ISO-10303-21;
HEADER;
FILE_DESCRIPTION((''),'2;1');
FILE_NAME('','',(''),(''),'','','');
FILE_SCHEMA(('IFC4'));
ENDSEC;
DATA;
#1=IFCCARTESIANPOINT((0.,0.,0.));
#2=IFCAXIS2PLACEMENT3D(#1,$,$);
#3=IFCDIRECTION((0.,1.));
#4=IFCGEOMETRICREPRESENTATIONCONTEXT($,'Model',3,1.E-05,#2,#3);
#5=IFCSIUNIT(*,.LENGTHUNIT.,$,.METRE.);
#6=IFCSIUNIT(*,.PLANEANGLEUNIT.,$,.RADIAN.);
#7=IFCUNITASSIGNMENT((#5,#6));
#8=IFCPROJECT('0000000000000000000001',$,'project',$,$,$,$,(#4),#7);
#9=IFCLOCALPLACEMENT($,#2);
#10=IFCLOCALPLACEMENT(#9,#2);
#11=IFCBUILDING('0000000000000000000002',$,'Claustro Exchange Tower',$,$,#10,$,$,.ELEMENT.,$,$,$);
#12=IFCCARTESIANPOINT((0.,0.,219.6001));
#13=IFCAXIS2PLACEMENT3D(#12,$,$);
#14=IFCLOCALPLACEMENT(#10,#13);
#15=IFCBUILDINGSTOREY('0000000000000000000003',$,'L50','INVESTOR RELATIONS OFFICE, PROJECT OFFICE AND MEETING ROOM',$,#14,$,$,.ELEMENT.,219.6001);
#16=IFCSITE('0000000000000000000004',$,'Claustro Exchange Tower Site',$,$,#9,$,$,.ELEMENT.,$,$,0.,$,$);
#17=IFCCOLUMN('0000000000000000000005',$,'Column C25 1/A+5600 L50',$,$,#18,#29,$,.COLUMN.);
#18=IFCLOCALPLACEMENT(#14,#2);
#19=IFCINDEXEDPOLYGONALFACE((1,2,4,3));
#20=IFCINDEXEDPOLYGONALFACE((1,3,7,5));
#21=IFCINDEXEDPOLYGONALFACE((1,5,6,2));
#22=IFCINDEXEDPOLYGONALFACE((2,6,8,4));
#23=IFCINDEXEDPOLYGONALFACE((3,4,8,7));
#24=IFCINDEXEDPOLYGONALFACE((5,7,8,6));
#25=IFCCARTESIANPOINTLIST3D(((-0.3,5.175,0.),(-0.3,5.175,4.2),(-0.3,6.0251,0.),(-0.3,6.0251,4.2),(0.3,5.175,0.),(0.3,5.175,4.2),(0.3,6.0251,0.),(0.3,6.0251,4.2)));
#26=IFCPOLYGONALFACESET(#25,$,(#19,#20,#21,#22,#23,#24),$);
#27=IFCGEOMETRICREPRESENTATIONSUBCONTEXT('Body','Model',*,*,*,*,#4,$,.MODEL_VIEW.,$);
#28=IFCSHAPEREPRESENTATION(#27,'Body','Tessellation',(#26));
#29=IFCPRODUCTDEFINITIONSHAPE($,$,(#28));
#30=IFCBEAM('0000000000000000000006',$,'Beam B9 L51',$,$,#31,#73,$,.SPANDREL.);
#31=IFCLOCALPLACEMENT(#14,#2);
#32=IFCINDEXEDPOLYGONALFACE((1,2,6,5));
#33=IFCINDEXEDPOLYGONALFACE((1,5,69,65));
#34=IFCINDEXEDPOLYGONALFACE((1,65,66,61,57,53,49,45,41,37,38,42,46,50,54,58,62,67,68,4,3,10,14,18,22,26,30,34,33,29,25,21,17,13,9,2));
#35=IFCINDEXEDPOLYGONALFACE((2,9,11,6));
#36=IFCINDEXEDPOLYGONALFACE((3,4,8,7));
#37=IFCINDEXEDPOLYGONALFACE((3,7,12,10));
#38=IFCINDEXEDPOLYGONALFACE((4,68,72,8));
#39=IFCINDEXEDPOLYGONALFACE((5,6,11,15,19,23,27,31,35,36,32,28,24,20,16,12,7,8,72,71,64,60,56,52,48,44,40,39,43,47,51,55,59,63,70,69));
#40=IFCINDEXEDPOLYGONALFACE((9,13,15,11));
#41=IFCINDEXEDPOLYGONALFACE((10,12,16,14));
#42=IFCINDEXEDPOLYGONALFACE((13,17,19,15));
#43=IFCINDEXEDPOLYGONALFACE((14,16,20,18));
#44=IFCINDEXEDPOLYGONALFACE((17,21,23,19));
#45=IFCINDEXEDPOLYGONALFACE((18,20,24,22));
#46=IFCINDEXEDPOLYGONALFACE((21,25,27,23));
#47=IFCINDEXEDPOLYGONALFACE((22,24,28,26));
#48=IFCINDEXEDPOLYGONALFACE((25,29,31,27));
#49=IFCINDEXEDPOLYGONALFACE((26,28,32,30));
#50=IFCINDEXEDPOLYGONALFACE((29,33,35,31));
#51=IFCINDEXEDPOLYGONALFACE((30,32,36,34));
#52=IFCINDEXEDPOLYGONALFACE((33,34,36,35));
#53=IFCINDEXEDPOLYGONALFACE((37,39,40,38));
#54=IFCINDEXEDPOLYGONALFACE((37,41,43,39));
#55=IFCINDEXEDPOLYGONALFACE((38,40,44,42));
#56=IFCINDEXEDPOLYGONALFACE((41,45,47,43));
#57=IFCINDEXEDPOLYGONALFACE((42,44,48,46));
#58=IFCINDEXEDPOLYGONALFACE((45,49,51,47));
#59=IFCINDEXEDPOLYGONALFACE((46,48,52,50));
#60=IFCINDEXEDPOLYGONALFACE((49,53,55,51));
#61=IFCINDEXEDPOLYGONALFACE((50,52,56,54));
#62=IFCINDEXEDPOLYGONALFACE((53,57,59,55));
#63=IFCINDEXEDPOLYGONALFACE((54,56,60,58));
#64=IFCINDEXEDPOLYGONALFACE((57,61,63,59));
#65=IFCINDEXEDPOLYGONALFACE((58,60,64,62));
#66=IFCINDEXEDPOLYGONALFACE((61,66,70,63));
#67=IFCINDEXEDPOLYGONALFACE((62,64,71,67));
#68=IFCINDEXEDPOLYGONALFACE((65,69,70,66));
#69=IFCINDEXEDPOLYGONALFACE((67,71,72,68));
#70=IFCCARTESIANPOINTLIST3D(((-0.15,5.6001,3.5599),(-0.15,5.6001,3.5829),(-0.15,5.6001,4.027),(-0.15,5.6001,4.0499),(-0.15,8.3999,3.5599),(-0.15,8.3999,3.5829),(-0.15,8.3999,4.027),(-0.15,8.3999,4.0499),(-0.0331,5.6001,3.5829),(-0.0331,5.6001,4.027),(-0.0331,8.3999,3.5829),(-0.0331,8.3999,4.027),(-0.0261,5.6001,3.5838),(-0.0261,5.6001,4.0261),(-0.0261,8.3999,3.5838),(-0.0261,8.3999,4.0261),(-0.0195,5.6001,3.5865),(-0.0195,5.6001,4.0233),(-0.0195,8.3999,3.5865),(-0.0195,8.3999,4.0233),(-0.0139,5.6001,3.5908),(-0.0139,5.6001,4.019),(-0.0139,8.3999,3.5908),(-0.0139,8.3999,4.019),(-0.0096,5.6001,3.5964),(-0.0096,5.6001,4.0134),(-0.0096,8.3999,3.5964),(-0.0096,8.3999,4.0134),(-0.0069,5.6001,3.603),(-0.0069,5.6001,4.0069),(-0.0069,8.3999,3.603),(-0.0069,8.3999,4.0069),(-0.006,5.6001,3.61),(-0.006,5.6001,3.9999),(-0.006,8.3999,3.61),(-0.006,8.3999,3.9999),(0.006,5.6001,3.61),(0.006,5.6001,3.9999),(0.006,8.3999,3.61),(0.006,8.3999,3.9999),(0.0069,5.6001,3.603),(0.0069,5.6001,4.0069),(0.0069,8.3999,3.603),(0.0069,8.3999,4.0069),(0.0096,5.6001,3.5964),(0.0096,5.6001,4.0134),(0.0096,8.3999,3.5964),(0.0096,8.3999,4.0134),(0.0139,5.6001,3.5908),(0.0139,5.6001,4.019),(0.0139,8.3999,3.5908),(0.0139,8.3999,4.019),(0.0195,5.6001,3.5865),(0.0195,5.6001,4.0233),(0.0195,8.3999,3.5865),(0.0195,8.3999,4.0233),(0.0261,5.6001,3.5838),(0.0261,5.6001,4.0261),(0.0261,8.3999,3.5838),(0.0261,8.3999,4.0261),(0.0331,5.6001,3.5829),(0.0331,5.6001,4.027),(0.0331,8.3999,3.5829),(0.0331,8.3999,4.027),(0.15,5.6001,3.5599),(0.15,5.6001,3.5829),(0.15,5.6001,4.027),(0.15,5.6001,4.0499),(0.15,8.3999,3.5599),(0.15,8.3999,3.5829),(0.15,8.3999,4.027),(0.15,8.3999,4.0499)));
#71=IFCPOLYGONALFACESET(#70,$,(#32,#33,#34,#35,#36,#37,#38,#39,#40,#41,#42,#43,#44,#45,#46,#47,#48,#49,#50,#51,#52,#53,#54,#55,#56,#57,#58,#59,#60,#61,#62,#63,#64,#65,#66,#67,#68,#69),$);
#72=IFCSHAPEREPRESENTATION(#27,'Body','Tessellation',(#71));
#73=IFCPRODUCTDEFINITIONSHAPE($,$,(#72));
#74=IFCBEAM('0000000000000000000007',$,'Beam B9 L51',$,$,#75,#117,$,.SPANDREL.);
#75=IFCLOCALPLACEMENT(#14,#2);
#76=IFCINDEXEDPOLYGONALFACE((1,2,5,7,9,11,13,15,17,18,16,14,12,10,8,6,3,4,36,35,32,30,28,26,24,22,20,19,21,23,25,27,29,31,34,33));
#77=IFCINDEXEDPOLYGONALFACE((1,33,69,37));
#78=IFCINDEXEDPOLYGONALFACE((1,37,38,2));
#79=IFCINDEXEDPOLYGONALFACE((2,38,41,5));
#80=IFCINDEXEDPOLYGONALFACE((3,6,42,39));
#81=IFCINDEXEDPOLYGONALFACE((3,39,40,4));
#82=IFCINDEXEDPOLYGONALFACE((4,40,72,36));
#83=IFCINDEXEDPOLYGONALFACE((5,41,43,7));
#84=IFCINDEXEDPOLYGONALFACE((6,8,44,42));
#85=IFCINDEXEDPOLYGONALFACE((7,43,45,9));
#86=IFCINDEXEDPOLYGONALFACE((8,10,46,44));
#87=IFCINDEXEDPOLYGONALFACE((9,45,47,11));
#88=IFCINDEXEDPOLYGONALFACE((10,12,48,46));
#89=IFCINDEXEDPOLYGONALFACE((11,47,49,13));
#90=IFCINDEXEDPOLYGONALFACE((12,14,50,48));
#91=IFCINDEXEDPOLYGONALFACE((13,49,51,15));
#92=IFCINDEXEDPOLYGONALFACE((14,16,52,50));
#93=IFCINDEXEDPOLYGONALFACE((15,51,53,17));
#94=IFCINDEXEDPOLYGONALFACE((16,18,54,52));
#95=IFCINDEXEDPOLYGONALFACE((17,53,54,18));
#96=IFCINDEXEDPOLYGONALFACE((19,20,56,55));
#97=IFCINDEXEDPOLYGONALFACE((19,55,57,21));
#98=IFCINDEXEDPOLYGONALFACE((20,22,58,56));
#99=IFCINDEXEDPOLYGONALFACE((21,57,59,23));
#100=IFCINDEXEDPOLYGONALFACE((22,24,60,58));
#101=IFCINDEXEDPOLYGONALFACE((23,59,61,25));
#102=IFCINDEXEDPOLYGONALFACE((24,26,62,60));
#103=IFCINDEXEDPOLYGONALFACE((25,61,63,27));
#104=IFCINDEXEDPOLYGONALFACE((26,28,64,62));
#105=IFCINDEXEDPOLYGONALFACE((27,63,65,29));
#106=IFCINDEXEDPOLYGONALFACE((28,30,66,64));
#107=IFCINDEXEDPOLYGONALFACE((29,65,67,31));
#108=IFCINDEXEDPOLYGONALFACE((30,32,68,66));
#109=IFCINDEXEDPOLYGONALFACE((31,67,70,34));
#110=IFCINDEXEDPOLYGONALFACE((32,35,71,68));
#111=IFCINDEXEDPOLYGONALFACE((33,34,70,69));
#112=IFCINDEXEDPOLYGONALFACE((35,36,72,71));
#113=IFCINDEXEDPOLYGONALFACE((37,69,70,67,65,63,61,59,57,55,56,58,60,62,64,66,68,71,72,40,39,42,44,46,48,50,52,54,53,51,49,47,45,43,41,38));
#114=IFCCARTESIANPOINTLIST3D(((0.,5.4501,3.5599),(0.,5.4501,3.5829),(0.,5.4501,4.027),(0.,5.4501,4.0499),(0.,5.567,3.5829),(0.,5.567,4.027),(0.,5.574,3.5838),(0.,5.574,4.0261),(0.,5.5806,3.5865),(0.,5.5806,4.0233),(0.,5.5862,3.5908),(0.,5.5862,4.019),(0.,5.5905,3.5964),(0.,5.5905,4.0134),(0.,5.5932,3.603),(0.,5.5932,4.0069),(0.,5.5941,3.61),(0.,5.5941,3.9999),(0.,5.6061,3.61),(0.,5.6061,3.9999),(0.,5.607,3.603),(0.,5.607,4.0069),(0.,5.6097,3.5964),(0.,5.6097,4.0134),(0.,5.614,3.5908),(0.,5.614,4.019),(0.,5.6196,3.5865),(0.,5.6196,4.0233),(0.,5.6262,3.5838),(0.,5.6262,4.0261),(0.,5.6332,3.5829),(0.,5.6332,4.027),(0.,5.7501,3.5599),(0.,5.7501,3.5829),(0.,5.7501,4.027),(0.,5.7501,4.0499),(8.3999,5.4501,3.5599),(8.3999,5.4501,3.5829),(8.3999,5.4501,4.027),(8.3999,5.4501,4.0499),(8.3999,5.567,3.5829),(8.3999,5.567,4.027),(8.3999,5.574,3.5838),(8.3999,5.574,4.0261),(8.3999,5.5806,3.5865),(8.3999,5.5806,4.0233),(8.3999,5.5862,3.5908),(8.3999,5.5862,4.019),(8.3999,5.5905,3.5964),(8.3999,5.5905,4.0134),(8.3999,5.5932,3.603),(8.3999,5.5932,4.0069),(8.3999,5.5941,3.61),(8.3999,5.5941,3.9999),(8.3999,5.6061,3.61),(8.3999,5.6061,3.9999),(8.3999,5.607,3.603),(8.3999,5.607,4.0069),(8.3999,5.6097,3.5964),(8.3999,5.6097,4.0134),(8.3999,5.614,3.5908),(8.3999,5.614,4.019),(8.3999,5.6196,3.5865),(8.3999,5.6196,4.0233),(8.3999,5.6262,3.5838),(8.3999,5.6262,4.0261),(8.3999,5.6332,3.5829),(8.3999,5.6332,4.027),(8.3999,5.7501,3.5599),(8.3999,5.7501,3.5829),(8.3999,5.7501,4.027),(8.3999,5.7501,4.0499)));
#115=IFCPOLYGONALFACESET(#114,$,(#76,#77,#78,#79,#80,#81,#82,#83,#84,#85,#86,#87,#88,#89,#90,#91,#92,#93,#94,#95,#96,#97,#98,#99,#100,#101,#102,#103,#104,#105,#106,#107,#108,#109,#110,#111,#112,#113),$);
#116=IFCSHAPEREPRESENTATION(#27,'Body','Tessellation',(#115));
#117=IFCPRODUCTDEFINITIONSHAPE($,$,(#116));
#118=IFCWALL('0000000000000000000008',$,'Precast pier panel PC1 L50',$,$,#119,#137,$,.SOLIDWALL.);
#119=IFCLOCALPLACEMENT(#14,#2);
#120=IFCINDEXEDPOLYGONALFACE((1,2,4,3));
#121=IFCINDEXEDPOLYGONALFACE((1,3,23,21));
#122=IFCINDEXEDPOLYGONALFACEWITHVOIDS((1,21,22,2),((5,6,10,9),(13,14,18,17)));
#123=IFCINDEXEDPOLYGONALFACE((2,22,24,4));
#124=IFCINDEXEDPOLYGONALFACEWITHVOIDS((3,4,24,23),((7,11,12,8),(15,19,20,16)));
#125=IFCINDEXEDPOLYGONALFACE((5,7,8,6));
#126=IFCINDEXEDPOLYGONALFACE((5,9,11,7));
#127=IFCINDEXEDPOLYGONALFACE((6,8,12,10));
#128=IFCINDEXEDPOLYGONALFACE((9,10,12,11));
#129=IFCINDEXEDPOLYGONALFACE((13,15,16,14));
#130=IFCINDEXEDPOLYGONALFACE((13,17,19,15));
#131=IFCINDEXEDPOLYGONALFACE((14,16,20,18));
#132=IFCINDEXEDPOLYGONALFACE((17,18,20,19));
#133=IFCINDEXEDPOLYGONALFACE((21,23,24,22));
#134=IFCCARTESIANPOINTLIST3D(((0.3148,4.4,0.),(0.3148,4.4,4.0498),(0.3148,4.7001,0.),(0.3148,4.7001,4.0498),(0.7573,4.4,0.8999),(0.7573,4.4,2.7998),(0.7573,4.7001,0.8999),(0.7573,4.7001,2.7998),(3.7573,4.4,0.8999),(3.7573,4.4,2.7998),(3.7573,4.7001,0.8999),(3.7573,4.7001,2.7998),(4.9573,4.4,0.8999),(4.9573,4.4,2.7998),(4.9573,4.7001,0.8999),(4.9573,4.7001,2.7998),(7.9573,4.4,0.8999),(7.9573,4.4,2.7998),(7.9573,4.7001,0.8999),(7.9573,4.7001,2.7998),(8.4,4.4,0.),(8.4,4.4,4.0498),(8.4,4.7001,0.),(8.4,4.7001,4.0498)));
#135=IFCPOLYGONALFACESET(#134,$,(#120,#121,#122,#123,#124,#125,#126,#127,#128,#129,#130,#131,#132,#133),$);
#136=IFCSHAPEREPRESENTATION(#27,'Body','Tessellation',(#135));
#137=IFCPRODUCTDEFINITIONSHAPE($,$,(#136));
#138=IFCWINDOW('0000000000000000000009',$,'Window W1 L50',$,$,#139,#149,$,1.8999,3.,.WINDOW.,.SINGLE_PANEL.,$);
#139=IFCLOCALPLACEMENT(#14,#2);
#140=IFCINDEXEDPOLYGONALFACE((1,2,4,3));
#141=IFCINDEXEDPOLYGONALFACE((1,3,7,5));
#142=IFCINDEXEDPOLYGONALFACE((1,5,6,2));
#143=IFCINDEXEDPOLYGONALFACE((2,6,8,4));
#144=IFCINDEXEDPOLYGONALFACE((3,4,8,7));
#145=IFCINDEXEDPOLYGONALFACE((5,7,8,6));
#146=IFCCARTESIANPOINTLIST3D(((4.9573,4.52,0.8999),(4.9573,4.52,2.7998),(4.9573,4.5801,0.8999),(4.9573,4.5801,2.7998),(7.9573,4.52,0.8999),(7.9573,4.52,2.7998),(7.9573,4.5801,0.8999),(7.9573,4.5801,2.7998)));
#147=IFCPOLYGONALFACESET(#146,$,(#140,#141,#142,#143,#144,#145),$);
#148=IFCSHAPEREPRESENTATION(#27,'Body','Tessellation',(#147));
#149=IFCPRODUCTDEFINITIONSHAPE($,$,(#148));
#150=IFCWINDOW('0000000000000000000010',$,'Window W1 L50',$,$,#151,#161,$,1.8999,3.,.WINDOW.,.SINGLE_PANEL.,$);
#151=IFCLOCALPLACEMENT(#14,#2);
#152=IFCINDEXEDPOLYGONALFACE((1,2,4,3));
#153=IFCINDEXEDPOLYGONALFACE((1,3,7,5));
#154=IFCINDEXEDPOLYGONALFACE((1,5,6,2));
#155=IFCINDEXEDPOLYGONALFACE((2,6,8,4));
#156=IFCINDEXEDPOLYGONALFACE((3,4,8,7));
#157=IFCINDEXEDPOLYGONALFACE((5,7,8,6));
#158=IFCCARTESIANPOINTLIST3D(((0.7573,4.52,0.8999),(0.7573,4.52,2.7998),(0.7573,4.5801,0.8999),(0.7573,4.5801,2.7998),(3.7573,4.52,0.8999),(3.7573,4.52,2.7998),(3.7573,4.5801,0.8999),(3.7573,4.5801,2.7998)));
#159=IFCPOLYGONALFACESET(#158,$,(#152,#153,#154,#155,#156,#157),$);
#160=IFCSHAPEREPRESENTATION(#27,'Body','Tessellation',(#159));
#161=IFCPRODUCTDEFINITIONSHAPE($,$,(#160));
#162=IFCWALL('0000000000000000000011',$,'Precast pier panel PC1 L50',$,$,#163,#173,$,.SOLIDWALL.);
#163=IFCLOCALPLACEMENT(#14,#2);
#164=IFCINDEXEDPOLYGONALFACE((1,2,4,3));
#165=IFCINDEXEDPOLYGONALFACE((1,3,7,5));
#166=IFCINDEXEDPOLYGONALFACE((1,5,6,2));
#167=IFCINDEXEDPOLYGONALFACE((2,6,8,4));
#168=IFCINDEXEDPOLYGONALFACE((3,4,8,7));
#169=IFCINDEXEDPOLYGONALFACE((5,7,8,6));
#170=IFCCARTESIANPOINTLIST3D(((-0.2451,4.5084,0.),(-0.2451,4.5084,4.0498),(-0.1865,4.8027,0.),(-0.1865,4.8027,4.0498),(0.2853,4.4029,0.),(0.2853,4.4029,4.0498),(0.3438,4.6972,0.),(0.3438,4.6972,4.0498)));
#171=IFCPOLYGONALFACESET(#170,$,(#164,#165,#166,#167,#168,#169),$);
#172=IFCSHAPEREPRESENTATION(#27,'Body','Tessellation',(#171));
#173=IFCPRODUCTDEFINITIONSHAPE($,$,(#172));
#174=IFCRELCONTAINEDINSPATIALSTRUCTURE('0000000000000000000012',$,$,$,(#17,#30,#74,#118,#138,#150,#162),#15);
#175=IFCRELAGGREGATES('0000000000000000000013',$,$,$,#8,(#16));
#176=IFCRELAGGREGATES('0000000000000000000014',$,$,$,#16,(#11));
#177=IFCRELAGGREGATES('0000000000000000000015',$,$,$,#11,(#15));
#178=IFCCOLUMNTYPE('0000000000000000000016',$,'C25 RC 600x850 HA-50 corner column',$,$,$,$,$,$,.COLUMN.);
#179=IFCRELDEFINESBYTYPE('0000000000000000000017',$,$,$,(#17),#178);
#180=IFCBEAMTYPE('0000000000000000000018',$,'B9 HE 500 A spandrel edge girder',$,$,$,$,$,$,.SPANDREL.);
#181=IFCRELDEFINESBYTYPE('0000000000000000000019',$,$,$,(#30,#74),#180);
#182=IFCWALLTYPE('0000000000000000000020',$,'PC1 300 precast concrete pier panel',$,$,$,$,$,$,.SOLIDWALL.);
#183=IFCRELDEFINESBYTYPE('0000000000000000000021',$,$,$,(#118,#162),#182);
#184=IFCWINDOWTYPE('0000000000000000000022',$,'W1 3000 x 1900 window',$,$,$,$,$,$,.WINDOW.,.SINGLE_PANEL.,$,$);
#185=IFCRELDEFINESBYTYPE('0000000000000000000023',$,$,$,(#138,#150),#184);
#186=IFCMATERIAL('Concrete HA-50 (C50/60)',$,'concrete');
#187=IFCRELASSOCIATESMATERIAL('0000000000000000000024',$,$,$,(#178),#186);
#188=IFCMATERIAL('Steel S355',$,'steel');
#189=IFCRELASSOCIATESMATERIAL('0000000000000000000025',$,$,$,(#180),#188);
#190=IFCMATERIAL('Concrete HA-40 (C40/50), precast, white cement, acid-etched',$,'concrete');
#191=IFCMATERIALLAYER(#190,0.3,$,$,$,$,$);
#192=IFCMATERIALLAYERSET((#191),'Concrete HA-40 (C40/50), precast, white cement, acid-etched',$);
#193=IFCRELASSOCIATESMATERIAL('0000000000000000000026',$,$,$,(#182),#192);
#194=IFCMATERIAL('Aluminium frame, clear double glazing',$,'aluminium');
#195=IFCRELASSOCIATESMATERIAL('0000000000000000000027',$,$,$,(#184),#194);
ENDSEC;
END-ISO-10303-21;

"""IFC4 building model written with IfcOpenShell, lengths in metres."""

from ifc_helpers import new_model, si_unit, direction, frame, frame_2d, origin, origin_2d, place, context, subcontext, project, spatial, rectangle, i_section, extrude, material, layer, layer_set, material_profile, profile_set, type_object, element, fill, save


model = new_model("IFC4")

# Units and contexts
model_context = context("Model", 3, precision=1e-05, world=origin(), true_north=direction((0.0, 1.0)))
body_context = subcontext(model_context, "Body", "Model", "MODEL_VIEW")
ifc_project = project(units=[si_unit("LENGTHUNIT", "METRE"), si_unit("PLANEANGLEUNIT", "RADIAN")], contexts=[model_context])

# Site, building, storey
site_placement = place(None, origin())
site = spatial("IfcSite", under=ifc_project, at=site_placement, Name="Claustro Exchange Tower Site", CompositionType="ELEMENT", RefElevation=0.0)
building_placement = place(site_placement, origin())
building = spatial("IfcBuilding", under=site, at=building_placement, Name="Claustro Exchange Tower", CompositionType="ELEMENT")
storey_placement = place(building_placement, frame((0.0, 0.0, 219.6001)))
storey = spatial("IfcBuildingStorey", under=building, at=storey_placement, Name="L50", Description="INVESTOR RELATIONS OFFICE, PROJECT OFFICE AND MEETING ROOM", CompositionType="ELEMENT", Elevation=219.6001)

# Column
ifc_material_1 = material(Name="Concrete HA-50 (C50/60)", Category="concrete")
ifc_material_profile_1 = material_profile(ifc_material_1, rectangle(XDim=0.6001, YDim=0.8501, at=origin_2d()), Name="RC 600x850")
ifc_profile_set_1 = profile_set([ifc_material_profile_1], Name="Concrete HA-50 (C50/60)")
column_type = type_object("IfcColumnType", Name="C25 RC 600x850 HA-50 corner column", PredefinedType="COLUMN", material=ifc_profile_set_1)
column_placement = place(storey_placement, frame((0.0, 5.6001, 0.0), z_axis=(0.0, 0.0, 1.0), x_axis=(1.0, 0.0, 0.0)))
element("IfcColumn", 1, at=column_placement, inside=storey, type_object=column_type, Name="Column C25 1/A+5600 L50", PredefinedType="COLUMN", context=body_context, shape_type="SweptSolid", body=[
    extrude(rectangle(XDim=0.6001, YDim=0.8501, at=origin_2d()), origin(), (0.0, 0.0, 1.0), 4.2),
])

# Beams
ifc_material_2 = material(Name="Steel S355", Category="steel")
ifc_material_profile_2 = material_profile(ifc_material_2, i_section(OverallWidth=0.3, OverallDepth=0.49, WebThickness=0.012, FlangeThickness=0.0229, FilletRadius=0.0271, at=origin_2d()), Name="HE 500 A")
ifc_profile_set_2 = profile_set([ifc_material_profile_2], Name="Steel S355")
beam_type = type_object("IfcBeamType", Name="B9 HE 500 A spandrel edge girder", PredefinedType="SPANDREL", material=ifc_profile_set_2)
beam_1_placement = place(storey_placement, frame((0.0, 5.6001, 3.8049), z_axis=(0.0, 1.0, 0.0), x_axis=(-1.0, 0.0, 0.0)))
element("IfcBeam", 2, at=beam_1_placement, inside=storey, type_object=beam_type, Name="Beam B9 L51", PredefinedType="SPANDREL", context=body_context, shape_type="SweptSolid", body=[
    extrude(i_section(OverallWidth=0.3, OverallDepth=0.49, WebThickness=0.012, FlangeThickness=0.0229, FilletRadius=0.0271, at=origin_2d()), origin(), (0.0, 0.0, 1.0), 2.7998),
])
beam_2_placement = place(storey_placement, frame((0.0, 5.6001, 3.8049), z_axis=(1.0, 0.0, 0.0), x_axis=(0.0, 1.0, 0.0)))
element("IfcBeam", 3, at=beam_2_placement, inside=storey, type_object=beam_type, Name="Beam B9 L51", PredefinedType="SPANDREL", context=body_context, shape_type="SweptSolid", body=[
    extrude(i_section(OverallWidth=0.3, OverallDepth=0.49, WebThickness=0.012, FlangeThickness=0.0229, FilletRadius=0.0271, at=origin_2d()), origin(), (0.0, 0.0, 1.0), 8.3999),
])

# Wall, openings, windows
ifc_material_3 = material(Name="Concrete HA-40 (C40/50), precast, white cement, acid-etched", Category="concrete")
ifc_layer_1 = layer(ifc_material_3, 0.3)
ifc_layer_set_1 = layer_set([ifc_layer_1], Name="Concrete HA-40 (C40/50), precast, white cement, acid-etched")
wall_type = type_object("IfcWallType", Name="PC1 300 precast concrete pier panel", PredefinedType="SOLIDWALL", material=ifc_layer_set_1)
wall_1_placement = place(storey_placement, frame((8.3999, 4.55, 0.0), z_axis=(0.0, 0.0, 1.0), x_axis=(-1.0, 0.0, 0.0)))
wall_1 = element("IfcWall", 4, at=wall_1_placement, inside=storey, type_object=wall_type, Name="Precast pier panel PC1 L50", PredefinedType="SOLIDWALL", context=body_context, shape_type="SweptSolid", body=[
    extrude(rectangle(XDim=8.0852, YDim=0.3, at=frame_2d((4.0425, 0.0))), origin(), (0.0, 0.0, 1.0), 4.0498),
])
opening_1_placement = place(wall_1_placement, frame((0.4426, 0.0, 0.8999)))
opening_1 = element("IfcOpeningElement", 5, at=opening_1_placement, cuts=wall_1, PredefinedType="OPENING", context=body_context, shape_type="SweptSolid", body=[
    extrude(rectangle(XDim=3.0, YDim=1.8999, at=frame_2d((1.5, 0.95))), frame((0.0, 0.1599, 0.0), z_axis=(0.0, -1.0, 0.0), x_axis=(1.0, 0.0, 0.0)), (0.0, 0.0, 1.0), 0.3201),
])
opening_2_placement = place(wall_1_placement, frame((4.6426, 0.0, 0.8999)))
opening_2 = element("IfcOpeningElement", 6, at=opening_2_placement, cuts=wall_1, PredefinedType="OPENING", context=body_context, shape_type="SweptSolid", body=[
    extrude(rectangle(XDim=3.0, YDim=1.8999, at=frame_2d((1.5, 0.95))), frame((0.0, 0.1599, 0.0), z_axis=(0.0, -1.0, 0.0), x_axis=(1.0, 0.0, 0.0)), (0.0, 0.0, 1.0), 0.3201),
])
ifc_material_4 = material(Name="Aluminium frame, clear double glazing", Category="aluminium")
window_type = type_object("IfcWindowType", Name="W1 3000 x 1900 window", PartitioningType="SINGLE_PANEL", PredefinedType="WINDOW", material=ifc_material_4)
window_1_placement = place(opening_1_placement, origin())
window_1 = element("IfcWindow", 7, at=window_1_placement, inside=storey, type_object=window_type, Name="Window W1 L50", OverallHeight=1.8999, OverallWidth=3.0, PartitioningType="SINGLE_PANEL", PredefinedType="WINDOW", context=body_context, shape_type="SweptSolid", body=[
    extrude(rectangle(XDim=3.0, YDim=1.8999, at=frame_2d((1.5, 0.95))), frame((0.0, 0.03, 0.0), z_axis=(0.0, -1.0, 0.0), x_axis=(1.0, 0.0, 0.0)), (0.0, 0.0, 1.0), 0.0601),
])
fill(opening_1, window_1)
window_2_placement = place(opening_2_placement, origin())
window_2 = element("IfcWindow", 8, at=window_2_placement, inside=storey, type_object=window_type, Name="Window W1 L50", OverallHeight=1.8999, OverallWidth=3.0, PartitioningType="SINGLE_PANEL", PredefinedType="WINDOW", context=body_context, shape_type="SweptSolid", body=[
    extrude(rectangle(XDim=3.0, YDim=1.8999, at=frame_2d((1.5, 0.95))), frame((0.0, 0.03, 0.0), z_axis=(0.0, -1.0, 0.0), x_axis=(1.0, 0.0, 0.0)), (0.0, 0.0, 1.0), 0.0601),
])
fill(opening_2, window_2)

# Wall
wall_2_placement = place(storey_placement, frame((0.3147, 4.55, 0.0), z_axis=(0.0, 0.0, 1.0), x_axis=(-0.980789, 0.195074, 0.0)))
element("IfcWall", 9, at=wall_2_placement, inside=storey, type_object=wall_type, Name="Precast pier panel PC1 L50", PredefinedType="SOLIDWALL", context=body_context, shape_type="SweptSolid", body=[
    extrude(rectangle(XDim=0.5408, YDim=0.3, at=frame_2d((0.2705, 0.0))), origin(), (0.0, 0.0, 1.0), 4.0498),
])

save(model, "model.ifc")
